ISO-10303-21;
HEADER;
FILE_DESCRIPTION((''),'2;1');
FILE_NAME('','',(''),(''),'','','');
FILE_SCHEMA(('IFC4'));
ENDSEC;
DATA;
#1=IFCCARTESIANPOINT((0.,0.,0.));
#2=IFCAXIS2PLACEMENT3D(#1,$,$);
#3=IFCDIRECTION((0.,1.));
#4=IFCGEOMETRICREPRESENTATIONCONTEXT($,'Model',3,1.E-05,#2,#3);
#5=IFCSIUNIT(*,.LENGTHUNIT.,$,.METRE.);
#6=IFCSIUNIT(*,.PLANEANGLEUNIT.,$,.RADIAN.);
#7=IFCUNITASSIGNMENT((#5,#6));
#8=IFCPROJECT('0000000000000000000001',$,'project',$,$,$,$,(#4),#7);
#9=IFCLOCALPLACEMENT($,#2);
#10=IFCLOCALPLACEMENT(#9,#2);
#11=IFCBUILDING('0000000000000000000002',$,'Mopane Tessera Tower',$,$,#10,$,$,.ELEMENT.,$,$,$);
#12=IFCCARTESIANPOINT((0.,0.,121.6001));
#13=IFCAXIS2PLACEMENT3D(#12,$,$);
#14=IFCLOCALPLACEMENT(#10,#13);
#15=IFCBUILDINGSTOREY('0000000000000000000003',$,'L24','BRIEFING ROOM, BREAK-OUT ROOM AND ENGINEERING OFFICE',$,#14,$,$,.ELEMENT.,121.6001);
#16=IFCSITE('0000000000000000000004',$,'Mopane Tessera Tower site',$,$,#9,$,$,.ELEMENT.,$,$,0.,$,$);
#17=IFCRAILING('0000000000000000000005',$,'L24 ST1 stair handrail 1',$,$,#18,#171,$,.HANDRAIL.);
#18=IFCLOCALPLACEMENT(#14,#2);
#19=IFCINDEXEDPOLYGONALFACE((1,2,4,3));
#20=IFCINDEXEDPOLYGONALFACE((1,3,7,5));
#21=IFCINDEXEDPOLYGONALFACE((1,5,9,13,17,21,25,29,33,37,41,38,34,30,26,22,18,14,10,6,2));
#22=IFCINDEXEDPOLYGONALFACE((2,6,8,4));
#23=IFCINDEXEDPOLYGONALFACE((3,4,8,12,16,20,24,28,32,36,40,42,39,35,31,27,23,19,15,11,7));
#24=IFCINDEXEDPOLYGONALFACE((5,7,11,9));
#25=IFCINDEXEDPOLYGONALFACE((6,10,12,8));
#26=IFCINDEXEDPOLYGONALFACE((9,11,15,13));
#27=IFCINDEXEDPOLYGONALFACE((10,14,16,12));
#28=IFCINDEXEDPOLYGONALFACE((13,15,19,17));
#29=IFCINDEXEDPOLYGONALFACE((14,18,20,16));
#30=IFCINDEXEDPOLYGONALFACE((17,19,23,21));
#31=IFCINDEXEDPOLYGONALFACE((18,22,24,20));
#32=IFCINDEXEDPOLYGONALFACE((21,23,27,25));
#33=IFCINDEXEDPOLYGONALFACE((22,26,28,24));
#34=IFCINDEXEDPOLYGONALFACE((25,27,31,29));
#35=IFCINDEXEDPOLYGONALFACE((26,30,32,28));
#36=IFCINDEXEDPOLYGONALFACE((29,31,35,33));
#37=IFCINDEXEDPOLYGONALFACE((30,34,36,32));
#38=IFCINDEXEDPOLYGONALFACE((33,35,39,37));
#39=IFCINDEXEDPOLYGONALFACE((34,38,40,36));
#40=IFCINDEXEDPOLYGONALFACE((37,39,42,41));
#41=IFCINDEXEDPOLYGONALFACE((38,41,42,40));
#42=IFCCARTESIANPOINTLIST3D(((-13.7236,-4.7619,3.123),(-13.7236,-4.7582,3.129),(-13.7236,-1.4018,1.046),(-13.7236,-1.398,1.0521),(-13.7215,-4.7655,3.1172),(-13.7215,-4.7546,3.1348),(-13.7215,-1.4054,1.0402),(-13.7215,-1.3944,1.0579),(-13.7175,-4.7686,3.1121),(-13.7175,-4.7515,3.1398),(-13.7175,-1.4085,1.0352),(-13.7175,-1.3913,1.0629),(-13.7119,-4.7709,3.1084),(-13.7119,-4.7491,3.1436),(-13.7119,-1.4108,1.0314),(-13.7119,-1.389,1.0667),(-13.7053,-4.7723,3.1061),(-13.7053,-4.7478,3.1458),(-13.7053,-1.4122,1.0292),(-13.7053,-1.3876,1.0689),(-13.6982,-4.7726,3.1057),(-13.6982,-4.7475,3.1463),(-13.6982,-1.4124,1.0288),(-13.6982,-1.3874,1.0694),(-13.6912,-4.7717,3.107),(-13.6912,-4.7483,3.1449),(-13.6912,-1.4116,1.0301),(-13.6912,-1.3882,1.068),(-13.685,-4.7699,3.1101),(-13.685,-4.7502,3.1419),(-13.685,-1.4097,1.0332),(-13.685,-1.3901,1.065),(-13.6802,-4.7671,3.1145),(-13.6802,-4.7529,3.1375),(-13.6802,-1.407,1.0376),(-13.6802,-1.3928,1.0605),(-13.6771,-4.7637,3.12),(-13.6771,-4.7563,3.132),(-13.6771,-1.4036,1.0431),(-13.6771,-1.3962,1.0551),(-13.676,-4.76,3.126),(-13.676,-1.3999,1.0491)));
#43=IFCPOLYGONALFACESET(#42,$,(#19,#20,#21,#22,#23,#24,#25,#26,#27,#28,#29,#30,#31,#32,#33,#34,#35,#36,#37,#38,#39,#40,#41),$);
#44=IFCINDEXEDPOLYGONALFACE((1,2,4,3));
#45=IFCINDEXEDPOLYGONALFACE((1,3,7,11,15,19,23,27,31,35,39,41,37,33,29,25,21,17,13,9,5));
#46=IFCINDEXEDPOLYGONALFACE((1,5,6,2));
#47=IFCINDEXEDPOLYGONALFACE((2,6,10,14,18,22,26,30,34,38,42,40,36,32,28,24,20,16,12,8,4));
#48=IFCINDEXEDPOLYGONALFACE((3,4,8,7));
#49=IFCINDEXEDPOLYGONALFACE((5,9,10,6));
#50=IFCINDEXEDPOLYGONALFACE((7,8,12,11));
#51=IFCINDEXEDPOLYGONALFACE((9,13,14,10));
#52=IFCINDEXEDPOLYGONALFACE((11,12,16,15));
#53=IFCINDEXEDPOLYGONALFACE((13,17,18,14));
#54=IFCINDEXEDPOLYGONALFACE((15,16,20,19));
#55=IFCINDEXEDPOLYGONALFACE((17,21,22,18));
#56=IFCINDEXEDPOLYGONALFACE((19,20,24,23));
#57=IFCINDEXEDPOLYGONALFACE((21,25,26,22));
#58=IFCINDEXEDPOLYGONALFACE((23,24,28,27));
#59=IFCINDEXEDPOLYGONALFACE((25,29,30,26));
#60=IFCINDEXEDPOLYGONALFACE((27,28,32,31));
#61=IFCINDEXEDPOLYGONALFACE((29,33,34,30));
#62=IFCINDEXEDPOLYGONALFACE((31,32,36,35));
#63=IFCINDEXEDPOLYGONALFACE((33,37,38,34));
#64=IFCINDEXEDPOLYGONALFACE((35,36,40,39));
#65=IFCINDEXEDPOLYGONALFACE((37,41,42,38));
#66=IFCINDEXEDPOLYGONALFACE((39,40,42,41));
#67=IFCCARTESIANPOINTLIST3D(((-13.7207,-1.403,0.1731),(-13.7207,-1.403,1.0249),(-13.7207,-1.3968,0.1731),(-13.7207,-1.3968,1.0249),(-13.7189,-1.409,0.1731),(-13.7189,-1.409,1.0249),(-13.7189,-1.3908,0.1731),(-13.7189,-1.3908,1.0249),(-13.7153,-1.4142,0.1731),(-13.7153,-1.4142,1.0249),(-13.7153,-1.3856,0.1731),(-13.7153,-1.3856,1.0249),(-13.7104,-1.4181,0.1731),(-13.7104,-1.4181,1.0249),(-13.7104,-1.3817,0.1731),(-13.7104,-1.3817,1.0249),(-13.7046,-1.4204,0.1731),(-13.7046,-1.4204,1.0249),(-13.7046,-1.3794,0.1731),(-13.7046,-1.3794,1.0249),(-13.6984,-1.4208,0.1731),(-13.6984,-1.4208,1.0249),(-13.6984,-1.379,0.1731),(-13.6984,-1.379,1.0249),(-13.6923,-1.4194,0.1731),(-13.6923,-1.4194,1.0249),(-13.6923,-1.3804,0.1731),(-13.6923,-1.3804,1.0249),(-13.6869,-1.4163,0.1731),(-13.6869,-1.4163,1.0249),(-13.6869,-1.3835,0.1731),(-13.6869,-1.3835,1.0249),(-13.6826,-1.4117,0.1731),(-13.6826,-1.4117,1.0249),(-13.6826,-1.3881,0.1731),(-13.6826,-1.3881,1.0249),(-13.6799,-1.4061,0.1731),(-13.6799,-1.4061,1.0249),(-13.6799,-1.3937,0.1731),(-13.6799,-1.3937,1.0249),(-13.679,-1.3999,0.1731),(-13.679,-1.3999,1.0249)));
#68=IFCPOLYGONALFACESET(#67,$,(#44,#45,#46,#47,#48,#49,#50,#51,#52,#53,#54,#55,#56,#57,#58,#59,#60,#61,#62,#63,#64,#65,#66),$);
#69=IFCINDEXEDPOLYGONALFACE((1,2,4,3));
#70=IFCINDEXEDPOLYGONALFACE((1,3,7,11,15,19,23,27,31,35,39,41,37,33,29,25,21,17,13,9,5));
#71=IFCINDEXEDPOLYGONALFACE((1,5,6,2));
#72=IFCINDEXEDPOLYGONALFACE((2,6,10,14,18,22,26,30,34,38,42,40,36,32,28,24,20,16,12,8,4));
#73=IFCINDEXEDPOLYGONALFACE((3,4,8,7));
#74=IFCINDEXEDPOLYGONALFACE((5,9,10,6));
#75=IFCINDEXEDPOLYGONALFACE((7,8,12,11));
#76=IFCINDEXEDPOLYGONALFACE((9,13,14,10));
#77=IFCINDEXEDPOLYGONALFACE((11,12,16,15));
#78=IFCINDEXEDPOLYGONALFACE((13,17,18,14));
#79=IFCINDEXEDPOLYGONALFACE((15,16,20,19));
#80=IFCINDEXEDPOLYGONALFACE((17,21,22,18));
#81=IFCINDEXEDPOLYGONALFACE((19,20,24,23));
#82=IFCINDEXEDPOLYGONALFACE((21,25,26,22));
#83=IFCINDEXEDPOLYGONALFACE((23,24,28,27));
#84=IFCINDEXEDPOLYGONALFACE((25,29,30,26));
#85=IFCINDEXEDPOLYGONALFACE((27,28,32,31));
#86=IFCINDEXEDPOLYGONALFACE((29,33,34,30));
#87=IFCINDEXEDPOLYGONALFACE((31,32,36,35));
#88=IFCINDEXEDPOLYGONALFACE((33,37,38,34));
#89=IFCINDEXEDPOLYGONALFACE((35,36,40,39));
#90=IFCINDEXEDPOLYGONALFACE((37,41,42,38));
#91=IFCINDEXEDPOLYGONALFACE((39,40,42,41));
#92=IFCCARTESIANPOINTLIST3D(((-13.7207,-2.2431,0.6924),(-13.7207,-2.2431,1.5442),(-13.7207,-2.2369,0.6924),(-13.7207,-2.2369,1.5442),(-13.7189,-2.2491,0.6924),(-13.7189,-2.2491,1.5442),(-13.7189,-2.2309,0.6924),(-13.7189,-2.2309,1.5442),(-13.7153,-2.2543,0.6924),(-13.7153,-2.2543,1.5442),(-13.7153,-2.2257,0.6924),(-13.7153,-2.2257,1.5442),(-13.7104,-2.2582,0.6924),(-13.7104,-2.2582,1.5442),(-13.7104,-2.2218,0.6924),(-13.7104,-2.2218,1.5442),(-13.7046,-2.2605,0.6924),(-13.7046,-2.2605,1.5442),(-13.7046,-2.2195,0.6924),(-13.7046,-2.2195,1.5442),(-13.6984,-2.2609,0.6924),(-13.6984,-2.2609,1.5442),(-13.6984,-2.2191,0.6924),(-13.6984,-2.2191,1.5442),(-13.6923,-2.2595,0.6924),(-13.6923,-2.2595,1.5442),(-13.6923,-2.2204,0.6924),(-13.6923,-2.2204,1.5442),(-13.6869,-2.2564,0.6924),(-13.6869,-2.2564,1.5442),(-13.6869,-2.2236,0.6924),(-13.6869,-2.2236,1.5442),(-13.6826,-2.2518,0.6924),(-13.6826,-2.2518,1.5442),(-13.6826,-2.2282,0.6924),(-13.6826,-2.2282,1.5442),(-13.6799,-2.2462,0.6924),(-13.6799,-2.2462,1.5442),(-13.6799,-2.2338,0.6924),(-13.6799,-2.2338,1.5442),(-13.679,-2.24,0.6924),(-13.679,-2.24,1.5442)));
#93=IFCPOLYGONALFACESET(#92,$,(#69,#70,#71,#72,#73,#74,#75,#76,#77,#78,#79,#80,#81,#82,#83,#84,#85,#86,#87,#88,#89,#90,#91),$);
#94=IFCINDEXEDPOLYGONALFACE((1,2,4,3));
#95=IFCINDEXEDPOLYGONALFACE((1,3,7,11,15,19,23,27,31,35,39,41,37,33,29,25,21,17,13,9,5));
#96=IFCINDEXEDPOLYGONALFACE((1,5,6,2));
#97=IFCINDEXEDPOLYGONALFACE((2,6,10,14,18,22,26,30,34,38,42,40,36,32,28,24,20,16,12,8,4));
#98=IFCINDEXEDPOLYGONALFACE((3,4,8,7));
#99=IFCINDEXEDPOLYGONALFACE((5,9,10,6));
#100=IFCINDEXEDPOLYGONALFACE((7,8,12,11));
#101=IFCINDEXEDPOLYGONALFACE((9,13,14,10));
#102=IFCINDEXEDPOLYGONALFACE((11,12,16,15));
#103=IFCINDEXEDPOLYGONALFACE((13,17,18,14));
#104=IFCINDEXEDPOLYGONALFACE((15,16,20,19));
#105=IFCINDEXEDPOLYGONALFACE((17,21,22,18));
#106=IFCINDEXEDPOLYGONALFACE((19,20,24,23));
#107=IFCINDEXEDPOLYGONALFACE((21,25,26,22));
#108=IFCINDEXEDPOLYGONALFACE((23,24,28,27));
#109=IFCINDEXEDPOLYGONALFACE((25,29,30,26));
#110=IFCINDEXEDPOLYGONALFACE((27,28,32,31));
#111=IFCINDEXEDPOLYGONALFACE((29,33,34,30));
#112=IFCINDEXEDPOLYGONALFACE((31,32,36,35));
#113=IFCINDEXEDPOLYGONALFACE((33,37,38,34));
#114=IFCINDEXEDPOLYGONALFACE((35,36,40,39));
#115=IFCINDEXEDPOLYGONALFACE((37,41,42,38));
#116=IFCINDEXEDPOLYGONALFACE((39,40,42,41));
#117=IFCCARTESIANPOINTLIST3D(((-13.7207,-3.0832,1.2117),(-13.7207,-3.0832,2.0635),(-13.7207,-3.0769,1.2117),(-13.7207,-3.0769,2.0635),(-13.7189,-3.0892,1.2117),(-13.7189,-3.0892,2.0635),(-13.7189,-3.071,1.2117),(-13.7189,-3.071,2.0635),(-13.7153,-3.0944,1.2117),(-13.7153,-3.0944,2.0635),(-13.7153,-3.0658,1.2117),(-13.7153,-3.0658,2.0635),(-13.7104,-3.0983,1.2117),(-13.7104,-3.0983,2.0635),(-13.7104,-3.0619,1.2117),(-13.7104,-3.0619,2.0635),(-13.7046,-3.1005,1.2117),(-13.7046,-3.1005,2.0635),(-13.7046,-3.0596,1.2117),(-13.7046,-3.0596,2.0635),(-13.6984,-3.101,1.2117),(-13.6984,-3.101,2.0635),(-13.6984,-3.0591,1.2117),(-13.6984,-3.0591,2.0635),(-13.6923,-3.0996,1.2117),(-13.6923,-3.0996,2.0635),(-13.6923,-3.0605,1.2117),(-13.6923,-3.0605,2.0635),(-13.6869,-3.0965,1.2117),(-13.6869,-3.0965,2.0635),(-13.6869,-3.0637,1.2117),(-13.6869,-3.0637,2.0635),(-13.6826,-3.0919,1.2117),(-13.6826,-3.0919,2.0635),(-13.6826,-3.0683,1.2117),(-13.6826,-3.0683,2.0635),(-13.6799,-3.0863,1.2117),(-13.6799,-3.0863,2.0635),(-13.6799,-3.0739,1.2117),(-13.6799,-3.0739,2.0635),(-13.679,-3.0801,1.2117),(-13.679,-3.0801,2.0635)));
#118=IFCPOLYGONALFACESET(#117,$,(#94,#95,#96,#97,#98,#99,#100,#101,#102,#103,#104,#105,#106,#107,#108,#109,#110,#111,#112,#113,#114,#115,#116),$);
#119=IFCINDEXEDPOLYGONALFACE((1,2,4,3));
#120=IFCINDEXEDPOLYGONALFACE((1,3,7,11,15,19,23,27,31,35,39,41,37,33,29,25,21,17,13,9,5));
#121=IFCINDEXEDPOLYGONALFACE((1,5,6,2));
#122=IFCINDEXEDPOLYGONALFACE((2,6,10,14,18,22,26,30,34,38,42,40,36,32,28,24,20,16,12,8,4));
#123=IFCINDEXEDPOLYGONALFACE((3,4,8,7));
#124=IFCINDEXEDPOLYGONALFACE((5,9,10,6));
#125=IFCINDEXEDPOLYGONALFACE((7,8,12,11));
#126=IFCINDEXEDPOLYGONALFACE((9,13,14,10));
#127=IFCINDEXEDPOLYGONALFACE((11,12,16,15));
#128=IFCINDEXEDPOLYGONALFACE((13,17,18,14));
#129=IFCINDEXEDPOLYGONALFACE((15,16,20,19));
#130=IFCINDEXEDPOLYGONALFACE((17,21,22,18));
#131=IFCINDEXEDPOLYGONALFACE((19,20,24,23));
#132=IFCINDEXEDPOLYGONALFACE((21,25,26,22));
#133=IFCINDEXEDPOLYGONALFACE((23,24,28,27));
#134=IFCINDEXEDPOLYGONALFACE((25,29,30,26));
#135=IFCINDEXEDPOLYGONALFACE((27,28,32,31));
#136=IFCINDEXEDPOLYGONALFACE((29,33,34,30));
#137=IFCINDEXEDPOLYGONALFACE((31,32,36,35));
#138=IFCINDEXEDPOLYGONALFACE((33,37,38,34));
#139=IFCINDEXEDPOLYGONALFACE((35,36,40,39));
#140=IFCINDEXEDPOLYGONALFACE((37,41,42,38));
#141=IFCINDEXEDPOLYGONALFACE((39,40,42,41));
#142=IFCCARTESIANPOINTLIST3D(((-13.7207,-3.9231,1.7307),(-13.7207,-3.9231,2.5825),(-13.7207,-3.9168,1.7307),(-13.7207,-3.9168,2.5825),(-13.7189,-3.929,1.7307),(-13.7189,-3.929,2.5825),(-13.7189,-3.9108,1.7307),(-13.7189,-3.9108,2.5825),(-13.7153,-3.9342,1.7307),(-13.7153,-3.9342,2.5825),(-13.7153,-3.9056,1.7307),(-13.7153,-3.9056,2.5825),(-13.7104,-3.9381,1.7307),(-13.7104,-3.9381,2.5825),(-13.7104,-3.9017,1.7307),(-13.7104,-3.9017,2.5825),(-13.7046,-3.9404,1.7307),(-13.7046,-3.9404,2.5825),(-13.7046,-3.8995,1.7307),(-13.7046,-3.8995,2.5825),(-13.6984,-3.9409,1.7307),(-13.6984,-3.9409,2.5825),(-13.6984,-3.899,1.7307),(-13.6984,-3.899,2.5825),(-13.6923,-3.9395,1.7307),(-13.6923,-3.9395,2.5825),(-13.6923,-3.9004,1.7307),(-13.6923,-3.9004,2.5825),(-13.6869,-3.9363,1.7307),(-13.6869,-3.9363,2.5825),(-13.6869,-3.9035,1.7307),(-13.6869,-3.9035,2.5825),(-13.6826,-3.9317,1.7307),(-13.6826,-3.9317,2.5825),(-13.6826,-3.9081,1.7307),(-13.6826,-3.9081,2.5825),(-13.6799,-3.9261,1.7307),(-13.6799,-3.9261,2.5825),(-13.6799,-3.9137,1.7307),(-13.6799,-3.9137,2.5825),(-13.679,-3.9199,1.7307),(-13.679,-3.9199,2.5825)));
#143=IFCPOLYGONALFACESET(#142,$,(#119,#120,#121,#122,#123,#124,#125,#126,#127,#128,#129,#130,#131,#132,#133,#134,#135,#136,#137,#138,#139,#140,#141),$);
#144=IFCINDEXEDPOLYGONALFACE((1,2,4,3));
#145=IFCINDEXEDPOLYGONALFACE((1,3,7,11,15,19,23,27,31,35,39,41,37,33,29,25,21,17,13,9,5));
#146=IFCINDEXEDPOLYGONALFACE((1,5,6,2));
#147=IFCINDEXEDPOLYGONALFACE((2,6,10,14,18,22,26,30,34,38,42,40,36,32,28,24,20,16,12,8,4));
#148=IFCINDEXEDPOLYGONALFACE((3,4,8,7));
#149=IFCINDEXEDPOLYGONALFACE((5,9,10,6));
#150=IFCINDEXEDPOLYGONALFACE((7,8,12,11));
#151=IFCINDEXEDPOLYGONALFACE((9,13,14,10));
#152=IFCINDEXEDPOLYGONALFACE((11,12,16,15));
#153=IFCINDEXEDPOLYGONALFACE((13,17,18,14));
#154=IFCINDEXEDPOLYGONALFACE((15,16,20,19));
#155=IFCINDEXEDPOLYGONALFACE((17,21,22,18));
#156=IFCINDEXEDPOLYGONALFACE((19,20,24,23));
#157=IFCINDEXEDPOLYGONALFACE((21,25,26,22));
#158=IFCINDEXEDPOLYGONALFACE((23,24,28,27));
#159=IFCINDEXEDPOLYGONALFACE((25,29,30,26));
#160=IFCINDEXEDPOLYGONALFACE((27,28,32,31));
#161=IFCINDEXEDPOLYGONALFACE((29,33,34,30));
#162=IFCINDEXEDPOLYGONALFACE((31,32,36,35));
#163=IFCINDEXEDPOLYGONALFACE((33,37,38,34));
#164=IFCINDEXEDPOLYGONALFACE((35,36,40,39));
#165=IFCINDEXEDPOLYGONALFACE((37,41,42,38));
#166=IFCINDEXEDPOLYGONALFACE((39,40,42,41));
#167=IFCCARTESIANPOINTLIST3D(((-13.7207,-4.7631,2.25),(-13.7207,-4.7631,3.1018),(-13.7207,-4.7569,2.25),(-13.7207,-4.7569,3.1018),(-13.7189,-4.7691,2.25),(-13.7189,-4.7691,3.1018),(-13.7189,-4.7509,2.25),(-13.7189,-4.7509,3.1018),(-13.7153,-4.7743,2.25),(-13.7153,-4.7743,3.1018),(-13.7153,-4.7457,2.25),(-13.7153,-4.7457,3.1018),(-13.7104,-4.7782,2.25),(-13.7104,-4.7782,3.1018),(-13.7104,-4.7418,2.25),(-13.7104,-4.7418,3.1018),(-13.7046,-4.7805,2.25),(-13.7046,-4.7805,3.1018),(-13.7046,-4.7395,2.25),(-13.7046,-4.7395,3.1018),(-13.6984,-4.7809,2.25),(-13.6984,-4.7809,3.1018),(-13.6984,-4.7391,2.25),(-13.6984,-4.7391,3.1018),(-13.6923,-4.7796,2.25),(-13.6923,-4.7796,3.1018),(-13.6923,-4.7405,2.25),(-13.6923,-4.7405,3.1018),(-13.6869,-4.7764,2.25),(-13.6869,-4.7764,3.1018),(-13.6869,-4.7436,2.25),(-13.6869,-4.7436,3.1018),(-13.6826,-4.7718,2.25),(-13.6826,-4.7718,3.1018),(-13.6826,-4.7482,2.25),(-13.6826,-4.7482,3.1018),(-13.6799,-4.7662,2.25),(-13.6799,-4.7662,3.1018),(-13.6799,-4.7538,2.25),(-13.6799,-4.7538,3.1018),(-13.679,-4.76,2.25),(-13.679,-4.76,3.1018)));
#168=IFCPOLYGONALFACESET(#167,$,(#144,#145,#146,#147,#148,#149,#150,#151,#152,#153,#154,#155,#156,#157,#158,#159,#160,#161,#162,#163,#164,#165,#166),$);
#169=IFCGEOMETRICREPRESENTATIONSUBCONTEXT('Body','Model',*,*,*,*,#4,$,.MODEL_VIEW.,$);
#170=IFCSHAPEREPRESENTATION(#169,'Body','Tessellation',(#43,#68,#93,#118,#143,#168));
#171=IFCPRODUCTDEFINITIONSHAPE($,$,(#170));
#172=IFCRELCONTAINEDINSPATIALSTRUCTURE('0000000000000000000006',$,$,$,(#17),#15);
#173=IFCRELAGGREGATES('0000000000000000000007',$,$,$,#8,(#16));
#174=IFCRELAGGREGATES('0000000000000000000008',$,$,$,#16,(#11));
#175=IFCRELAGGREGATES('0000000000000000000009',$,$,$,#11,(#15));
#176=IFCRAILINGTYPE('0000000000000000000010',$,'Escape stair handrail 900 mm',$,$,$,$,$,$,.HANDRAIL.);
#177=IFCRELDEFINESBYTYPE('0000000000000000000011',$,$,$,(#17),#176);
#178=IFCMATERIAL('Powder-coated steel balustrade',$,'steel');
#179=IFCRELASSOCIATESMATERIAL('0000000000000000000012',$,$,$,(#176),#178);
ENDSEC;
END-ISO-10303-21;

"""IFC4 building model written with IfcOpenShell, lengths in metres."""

from ifc_helpers import new_model, si_unit, direction, frame, origin, origin_2d, place, context, subcontext, project, spatial, circle, extrude, material, type_object, element, save


model = new_model("IFC4")

# Units and contexts
model_context = context("Model", 3, precision=1e-05, world=origin(), true_north=direction((0.0, 1.0)))
body_context = subcontext(model_context, "Body", "Model", "MODEL_VIEW")
ifc_project = project(units=[si_unit("LENGTHUNIT", "METRE"), si_unit("PLANEANGLEUNIT", "RADIAN")], contexts=[model_context])

# Site, building, storey
site_placement = place(None, origin())
site = spatial("IfcSite", under=ifc_project, at=site_placement, Name="Mopane Tessera Tower site", CompositionType="ELEMENT", RefElevation=0.0)
building_placement = place(site_placement, origin())
building = spatial("IfcBuilding", under=site, at=building_placement, Name="Mopane Tessera Tower", CompositionType="ELEMENT")
storey_placement = place(building_placement, frame((0.0, 0.0, 121.6001)))
storey = spatial("IfcBuildingStorey", under=building, at=storey_placement, Name="L24", Description="BRIEFING ROOM, BREAK-OUT ROOM AND ENGINEERING OFFICE", CompositionType="ELEMENT", Elevation=121.6001)

# Railing
ifc_material_1 = material(Name="Powder-coated steel balustrade", Category="steel")
railing_type_1 = type_object("IfcRailingType", Name="Escape stair handrail 900 mm", PredefinedType="HANDRAIL", material=ifc_material_1)
railing_1_placement = place(storey_placement, frame((-13.7, -1.3999, 0.1731)))
element("IfcRailing", 1, at=railing_1_placement, inside=storey, type_object=railing_type_1, Name="L24 ST1 stair handrail 1", PredefinedType="HANDRAIL", context=body_context, shape_type="SweptSolid", body=[
    extrude(circle(Radius=0.0239, at=origin_2d()), frame((0.0, 0.0, 0.876), z_axis=(0.0, -0.850623, 0.525776), x_axis=(1.0, 0.0, 0.0)), (0.0, 0.0, 1.0), 3.9502),
    extrude(circle(Radius=0.021, at=origin_2d()), origin(), (0.0, 0.0, 1.0), 0.8518),
    extrude(circle(Radius=0.021, at=origin_2d()), frame((0.0, -0.8401, 0.5193)), (0.0, 0.0, 1.0), 0.8518),
    extrude(circle(Radius=0.021, at=origin_2d()), frame((0.0, -1.6802, 1.0386)), (0.0, 0.0, 1.0), 0.8518),
    extrude(circle(Radius=0.021, at=origin_2d()), frame((0.0, -2.52, 1.5576)), (0.0, 0.0, 1.0), 0.8518),
    extrude(circle(Radius=0.021, at=origin_2d()), frame((0.0, -3.3601, 2.0769)), (0.0, 0.0, 1.0), 0.8518),
])

save(model, "model.ifc")
